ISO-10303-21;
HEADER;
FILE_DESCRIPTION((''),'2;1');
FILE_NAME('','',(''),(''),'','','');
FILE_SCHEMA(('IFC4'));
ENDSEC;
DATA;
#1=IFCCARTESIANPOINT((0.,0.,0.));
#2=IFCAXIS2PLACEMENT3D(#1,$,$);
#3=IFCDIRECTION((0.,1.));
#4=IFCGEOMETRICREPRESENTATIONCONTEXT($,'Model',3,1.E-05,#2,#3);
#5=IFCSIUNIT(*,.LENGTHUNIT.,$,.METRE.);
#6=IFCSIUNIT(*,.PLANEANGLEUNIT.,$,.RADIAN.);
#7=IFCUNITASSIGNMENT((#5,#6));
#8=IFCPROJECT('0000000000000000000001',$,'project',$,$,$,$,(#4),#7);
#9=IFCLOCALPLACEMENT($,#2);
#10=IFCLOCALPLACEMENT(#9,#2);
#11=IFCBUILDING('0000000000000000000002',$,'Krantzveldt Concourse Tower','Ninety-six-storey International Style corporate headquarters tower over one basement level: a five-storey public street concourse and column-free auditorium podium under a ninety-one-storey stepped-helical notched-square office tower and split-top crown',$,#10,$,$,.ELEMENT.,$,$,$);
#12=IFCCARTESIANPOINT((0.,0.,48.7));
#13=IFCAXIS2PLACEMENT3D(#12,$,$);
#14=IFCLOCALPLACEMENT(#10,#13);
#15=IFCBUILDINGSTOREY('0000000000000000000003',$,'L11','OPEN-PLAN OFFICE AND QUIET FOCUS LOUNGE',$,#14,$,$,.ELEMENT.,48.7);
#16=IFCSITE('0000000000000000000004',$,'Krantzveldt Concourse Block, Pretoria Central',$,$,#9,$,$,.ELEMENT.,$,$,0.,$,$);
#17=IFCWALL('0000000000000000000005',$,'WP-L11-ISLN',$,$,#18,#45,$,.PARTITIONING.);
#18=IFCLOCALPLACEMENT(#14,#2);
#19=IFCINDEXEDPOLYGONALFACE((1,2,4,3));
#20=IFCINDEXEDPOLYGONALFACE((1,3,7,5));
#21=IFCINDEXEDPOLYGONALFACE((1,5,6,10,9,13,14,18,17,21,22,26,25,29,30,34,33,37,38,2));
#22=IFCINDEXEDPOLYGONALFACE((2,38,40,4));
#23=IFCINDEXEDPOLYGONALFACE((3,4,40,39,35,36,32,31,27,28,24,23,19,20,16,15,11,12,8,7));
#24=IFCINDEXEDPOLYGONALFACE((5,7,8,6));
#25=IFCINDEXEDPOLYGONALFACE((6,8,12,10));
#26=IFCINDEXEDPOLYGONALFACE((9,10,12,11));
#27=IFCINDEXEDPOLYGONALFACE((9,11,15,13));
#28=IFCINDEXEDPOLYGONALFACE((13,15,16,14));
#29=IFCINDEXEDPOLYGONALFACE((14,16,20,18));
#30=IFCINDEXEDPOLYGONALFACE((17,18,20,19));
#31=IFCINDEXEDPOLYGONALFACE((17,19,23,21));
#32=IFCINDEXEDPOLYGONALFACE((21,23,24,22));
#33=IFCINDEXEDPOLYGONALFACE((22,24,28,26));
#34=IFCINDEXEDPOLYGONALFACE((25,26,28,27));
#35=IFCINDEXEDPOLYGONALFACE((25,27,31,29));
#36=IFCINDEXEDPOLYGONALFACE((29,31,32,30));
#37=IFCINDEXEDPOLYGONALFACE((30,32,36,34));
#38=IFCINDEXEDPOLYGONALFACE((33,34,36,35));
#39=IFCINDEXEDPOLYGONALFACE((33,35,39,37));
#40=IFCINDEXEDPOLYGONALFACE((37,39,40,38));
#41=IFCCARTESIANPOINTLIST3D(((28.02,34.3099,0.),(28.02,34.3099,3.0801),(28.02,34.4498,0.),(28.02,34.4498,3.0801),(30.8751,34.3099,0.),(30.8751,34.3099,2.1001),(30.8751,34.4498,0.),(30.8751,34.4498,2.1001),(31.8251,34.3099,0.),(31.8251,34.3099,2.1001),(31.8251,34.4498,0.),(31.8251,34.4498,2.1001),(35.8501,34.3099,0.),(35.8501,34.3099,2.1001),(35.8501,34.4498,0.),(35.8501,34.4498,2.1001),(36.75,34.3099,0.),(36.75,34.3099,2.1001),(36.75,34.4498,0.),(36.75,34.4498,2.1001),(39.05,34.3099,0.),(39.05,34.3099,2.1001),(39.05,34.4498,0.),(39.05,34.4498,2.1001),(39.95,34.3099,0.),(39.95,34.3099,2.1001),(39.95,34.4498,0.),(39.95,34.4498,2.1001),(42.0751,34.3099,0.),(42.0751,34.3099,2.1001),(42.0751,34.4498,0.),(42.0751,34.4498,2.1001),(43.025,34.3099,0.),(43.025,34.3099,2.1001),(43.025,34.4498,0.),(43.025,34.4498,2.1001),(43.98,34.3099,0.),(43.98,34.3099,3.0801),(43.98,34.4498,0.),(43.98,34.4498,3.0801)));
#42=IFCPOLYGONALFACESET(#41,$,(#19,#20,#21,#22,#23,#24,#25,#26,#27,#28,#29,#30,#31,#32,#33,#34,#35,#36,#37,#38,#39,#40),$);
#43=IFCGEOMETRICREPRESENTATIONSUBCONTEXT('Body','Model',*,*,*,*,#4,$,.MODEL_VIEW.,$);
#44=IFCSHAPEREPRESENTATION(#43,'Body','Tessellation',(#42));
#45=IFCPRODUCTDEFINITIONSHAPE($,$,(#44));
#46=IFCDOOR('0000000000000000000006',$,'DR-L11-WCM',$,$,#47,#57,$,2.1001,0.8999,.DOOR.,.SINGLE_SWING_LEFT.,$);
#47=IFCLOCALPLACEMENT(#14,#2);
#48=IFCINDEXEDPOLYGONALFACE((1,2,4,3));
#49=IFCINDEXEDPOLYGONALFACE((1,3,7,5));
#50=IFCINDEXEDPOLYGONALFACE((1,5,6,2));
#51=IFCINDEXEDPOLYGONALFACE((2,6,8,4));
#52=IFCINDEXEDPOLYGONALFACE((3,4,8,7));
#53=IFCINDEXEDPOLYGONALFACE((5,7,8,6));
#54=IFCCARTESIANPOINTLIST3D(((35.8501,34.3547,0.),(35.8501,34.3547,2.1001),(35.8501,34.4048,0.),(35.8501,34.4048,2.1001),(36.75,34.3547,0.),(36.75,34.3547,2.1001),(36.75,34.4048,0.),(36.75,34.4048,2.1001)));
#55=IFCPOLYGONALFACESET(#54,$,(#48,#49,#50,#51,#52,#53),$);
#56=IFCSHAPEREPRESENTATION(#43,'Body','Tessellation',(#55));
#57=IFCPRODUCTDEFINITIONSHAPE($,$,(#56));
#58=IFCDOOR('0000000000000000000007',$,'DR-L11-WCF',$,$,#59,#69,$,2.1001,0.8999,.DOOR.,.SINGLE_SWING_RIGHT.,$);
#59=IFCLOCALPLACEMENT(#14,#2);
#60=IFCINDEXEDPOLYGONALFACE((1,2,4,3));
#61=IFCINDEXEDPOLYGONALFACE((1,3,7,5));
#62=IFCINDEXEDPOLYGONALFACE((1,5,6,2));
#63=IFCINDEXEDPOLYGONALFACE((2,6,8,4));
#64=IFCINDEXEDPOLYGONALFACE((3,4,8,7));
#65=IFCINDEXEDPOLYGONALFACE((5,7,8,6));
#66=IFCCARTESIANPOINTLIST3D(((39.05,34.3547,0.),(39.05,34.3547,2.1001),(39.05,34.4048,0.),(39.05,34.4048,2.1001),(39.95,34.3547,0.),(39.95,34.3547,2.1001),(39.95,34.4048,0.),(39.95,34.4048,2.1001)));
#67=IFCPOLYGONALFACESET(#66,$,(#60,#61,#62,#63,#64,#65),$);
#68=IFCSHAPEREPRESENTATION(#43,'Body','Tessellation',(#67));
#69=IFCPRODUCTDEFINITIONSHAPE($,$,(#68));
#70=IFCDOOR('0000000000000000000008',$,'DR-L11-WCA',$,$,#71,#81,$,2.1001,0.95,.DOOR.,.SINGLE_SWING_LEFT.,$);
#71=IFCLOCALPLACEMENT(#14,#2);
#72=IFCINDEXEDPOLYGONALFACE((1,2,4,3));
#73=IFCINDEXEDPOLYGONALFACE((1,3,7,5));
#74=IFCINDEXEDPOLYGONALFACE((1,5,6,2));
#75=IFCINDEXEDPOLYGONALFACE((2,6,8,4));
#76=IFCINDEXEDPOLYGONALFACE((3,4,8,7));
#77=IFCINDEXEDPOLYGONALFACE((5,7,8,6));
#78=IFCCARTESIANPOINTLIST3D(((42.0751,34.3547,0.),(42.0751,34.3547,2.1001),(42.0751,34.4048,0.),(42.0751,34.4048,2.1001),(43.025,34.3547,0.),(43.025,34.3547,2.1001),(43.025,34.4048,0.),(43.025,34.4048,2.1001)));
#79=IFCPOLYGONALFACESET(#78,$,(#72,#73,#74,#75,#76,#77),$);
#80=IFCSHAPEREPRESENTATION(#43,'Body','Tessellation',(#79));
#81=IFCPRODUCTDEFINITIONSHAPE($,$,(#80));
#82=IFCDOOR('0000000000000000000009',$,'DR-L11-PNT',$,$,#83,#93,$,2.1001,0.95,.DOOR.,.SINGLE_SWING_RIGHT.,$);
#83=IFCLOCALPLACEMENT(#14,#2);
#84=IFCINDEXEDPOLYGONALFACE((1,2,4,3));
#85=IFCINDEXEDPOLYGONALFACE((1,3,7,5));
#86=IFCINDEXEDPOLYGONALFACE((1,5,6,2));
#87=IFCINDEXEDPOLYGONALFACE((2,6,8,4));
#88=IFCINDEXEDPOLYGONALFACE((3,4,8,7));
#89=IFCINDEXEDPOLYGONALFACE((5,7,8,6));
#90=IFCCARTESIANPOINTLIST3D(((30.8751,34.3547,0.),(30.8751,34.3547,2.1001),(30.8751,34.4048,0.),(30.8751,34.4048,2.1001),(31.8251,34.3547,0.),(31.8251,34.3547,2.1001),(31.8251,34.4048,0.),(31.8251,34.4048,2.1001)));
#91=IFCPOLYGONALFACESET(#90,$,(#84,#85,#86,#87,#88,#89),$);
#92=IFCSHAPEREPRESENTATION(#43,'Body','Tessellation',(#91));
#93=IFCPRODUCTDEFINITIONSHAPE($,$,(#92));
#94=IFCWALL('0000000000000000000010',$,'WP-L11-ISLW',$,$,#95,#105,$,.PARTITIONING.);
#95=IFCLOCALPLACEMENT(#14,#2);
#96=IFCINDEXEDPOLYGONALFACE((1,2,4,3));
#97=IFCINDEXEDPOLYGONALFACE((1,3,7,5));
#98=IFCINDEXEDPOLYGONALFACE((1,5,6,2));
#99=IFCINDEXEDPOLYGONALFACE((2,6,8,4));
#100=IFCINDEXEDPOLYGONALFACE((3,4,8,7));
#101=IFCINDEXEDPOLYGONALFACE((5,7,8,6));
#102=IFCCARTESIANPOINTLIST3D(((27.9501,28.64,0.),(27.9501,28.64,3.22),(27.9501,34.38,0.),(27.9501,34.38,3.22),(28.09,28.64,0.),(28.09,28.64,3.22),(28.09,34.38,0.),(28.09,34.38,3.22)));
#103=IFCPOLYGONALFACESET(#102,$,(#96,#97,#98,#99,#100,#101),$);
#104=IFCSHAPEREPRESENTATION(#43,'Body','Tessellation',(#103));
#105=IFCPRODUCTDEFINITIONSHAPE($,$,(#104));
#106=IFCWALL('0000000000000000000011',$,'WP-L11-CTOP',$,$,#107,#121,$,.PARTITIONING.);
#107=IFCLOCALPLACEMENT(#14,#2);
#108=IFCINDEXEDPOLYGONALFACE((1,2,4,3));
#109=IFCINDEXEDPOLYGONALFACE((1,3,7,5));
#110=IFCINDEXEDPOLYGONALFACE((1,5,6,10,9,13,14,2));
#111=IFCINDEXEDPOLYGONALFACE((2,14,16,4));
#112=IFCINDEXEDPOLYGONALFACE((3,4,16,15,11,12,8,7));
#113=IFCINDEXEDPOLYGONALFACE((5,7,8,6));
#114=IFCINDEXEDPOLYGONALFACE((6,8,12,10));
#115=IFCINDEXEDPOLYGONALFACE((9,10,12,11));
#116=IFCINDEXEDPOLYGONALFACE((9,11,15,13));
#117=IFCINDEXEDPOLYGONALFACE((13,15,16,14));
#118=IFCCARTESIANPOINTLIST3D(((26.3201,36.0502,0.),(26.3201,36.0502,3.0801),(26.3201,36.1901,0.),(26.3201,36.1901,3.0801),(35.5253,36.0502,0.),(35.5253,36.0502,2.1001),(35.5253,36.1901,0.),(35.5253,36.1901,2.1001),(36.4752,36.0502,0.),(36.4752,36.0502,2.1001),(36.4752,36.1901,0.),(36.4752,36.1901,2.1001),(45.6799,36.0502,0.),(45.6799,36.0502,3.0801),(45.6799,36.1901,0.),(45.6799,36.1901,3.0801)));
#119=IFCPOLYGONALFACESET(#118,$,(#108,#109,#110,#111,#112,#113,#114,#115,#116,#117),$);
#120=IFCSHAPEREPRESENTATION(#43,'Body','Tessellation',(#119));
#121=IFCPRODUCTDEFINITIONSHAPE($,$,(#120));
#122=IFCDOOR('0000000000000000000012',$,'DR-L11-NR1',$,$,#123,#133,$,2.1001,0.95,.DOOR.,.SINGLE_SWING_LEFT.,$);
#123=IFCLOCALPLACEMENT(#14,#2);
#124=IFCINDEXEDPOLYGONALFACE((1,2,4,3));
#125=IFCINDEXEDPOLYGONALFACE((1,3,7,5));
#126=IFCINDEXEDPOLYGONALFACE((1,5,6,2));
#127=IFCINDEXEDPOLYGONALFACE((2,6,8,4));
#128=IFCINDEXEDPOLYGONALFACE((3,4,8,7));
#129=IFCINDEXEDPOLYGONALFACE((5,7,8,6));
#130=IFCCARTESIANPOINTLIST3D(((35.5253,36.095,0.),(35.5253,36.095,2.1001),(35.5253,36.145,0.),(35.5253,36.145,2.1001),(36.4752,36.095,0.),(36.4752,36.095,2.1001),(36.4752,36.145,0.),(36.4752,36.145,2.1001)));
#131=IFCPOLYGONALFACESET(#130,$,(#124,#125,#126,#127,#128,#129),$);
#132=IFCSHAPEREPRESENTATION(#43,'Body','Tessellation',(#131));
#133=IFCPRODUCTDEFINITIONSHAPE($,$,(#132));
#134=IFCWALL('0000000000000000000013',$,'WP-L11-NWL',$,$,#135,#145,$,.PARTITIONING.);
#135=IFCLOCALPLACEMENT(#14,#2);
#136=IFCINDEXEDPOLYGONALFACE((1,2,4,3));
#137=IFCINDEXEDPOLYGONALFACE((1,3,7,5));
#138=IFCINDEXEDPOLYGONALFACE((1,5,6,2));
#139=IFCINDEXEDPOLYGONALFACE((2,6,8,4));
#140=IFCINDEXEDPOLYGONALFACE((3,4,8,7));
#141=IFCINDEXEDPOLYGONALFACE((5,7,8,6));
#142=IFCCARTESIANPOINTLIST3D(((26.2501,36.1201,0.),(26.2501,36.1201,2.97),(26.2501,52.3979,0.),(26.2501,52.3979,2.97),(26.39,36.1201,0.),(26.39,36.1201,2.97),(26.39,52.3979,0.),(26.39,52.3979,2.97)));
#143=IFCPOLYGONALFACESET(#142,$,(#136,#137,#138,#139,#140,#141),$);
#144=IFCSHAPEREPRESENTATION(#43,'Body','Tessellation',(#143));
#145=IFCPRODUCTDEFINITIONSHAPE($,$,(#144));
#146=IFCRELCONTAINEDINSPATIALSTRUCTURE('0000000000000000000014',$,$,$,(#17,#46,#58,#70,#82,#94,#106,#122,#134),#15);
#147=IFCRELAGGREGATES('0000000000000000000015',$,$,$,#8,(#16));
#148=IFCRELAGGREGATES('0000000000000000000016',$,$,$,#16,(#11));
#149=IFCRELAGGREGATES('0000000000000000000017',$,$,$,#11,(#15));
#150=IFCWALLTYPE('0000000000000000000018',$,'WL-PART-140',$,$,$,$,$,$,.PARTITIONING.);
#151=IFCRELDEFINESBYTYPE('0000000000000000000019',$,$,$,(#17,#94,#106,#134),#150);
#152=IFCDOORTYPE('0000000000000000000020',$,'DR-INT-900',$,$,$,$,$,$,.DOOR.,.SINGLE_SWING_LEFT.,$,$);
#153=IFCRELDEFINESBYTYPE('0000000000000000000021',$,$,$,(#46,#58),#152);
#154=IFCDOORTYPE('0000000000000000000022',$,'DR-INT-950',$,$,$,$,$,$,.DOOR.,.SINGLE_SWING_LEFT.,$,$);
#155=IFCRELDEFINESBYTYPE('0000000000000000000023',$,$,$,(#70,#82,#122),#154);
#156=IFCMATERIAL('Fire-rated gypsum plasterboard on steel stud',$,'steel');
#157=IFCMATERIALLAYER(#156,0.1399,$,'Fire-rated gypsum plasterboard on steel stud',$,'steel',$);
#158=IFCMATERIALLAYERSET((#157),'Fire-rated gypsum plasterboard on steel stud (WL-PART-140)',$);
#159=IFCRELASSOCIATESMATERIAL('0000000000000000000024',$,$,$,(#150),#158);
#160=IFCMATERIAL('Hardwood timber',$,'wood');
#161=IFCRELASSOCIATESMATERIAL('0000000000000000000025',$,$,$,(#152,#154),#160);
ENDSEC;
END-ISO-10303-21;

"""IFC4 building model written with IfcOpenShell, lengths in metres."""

from ifc_helpers import new_model, si_unit, direction, frame, frame_2d, origin, place, context, subcontext, project, spatial, rectangle, extrude, material, layer, layer_set, type_object, element, fill, save


model = new_model("IFC4")

# Units and contexts
model_context = context("Model", 3, precision=1e-05, world=origin(), true_north=direction((0.0, 1.0)))
body_context = subcontext(model_context, "Body", "Model", "MODEL_VIEW")
ifc_project = project(units=[si_unit("LENGTHUNIT", "METRE"), si_unit("PLANEANGLEUNIT", "RADIAN")], contexts=[model_context])

# Site, building, storey
site_placement = place(None, origin())
site = spatial("IfcSite", under=ifc_project, at=site_placement, Name="Krantzveldt Concourse Block, Pretoria Central", CompositionType="ELEMENT", RefElevation=0.0)
building_placement = place(site_placement, origin())
building = spatial("IfcBuilding", under=site, at=building_placement, Name="Krantzveldt Concourse Tower", Description="Ninety-six-storey International Style corporate headquarters tower over one basement level: a five-storey public street concourse and column-free auditorium podium under a ninety-one-storey stepped-helical notched-square office tower and split-top crown", CompositionType="ELEMENT")
storey_placement = place(building_placement, frame((0.0, 0.0, 48.7)))
storey = spatial("IfcBuildingStorey", under=building, at=storey_placement, Name="L11", Description="OPEN-PLAN OFFICE AND QUIET FOCUS LOUNGE", CompositionType="ELEMENT", Elevation=48.7)

# Shared definitions
ifc_material_1 = material(Name="Fire-rated gypsum plasterboard on steel stud", Category="steel")

# Shared definitions
ifc_layer_1 = layer(ifc_material_1, 0.1399, Name="Fire-rated gypsum plasterboard on steel stud", Category="steel")
ifc_layer_set_1 = layer_set([ifc_layer_1], Name="Fire-rated gypsum plasterboard on steel stud (WL-PART-140)")
wall_type_1 = type_object("IfcWallType", Name="WL-PART-140", PredefinedType="PARTITIONING", material=ifc_layer_set_1)
ifc_material_2 = material(Name="Hardwood timber", Category="wood")

# Wall, openings, doors
wall_1_placement = place(storey_placement, frame((28.02, 34.3799, 0.0), z_axis=(0.0, 0.0, 1.0), x_axis=(1.0, 0.0, 0.0)))
wall_1 = element("IfcWall", 1, at=wall_1_placement, inside=storey, type_object=wall_type_1, Name="WP-L11-ISLN", PredefinedType="PARTITIONING", context=body_context, shape_type="SweptSolid", body=[
    extrude(rectangle(XDim=15.96, YDim=0.1399, at=frame_2d((7.98, 0.0))), origin(), (0.0, 0.0, 1.0), 3.0801),
])
opening_1_placement = place(wall_1_placement, frame((7.8301, 0.0, 0.0)))
opening_1 = element("IfcOpeningElement", 2, at=opening_1_placement, cuts=wall_1, PredefinedType="OPENING", context=body_context, shape_type="SweptSolid", body=[
    extrude(rectangle(XDim=0.8999, YDim=2.1001, at=frame_2d((0.45, 1.05))), frame((0.0, 0.0801, 0.0), z_axis=(0.0, -1.0, 0.0), x_axis=(1.0, 0.0, 0.0)), (0.0, 0.0, 1.0), 0.1599),
])
opening_2_placement = place(wall_1_placement, frame((11.03, 0.0, 0.0)))
opening_2 = element("IfcOpeningElement", 3, at=opening_2_placement, cuts=wall_1, PredefinedType="OPENING", context=body_context, shape_type="SweptSolid", body=[
    extrude(rectangle(XDim=0.8999, YDim=2.1001, at=frame_2d((0.45, 1.05))), frame((0.0, 0.0801, 0.0), z_axis=(0.0, -1.0, 0.0), x_axis=(1.0, 0.0, 0.0)), (0.0, 0.0, 1.0), 0.1599),
])
opening_3_placement = place(wall_1_placement, frame((14.0549, 0.0, 0.0)))
opening_3 = element("IfcOpeningElement", 4, at=opening_3_placement, cuts=wall_1, PredefinedType="OPENING", context=body_context, shape_type="SweptSolid", body=[
    extrude(rectangle(XDim=0.95, YDim=2.1001, at=frame_2d((0.4751, 1.05))), frame((0.0, 0.0801, 0.0), z_axis=(0.0, -1.0, 0.0), x_axis=(1.0, 0.0, 0.0)), (0.0, 0.0, 1.0), 0.1599),
])
opening_4_placement = place(wall_1_placement, frame((2.855, 0.0, 0.0)))
opening_4 = element("IfcOpeningElement", 5, at=opening_4_placement, cuts=wall_1, PredefinedType="OPENING", context=body_context, shape_type="SweptSolid", body=[
    extrude(rectangle(XDim=0.95, YDim=2.1001, at=frame_2d((0.4751, 1.05))), frame((0.0, 0.0801, 0.0), z_axis=(0.0, -1.0, 0.0), x_axis=(1.0, 0.0, 0.0)), (0.0, 0.0, 1.0), 0.1599),
])
door_type_1 = type_object("IfcDoorType", Name="DR-INT-900", OperationType="SINGLE_SWING_LEFT", PredefinedType="DOOR", material=ifc_material_2)
door_1_placement = place(opening_1_placement, origin())
door_1 = element("IfcDoor", 6, at=door_1_placement, inside=storey, type_object=door_type_1, Name="DR-L11-WCM", OperationType="SINGLE_SWING_LEFT", OverallHeight=2.1001, OverallWidth=0.8999, PredefinedType="DOOR", context=body_context, shape_type="SweptSolid", body=[
    extrude(rectangle(XDim=0.8999, YDim=2.1001, at=frame_2d((0.45, 1.05))), frame((0.0, 0.0249, 0.0), z_axis=(0.0, -1.0, 0.0), x_axis=(1.0, 0.0, 0.0)), (0.0, 0.0, 1.0), 0.05),
])
fill(opening_1, door_1)
door_2_placement = place(opening_2_placement, origin())
door_2 = element("IfcDoor", 7, at=door_2_placement, inside=storey, type_object=door_type_1, Name="DR-L11-WCF", OperationType="SINGLE_SWING_RIGHT", OverallHeight=2.1001, OverallWidth=0.8999, PredefinedType="DOOR", context=body_context, shape_type="SweptSolid", body=[
    extrude(rectangle(XDim=0.8999, YDim=2.1001, at=frame_2d((0.45, 1.05))), frame((0.0, 0.0249, 0.0), z_axis=(0.0, -1.0, 0.0), x_axis=(1.0, 0.0, 0.0)), (0.0, 0.0, 1.0), 0.05),
])
fill(opening_2, door_2)
door_type_2 = type_object("IfcDoorType", Name="DR-INT-950", OperationType="SINGLE_SWING_LEFT", PredefinedType="DOOR", material=ifc_material_2)
door_3_placement = place(opening_3_placement, origin())
door_3 = element("IfcDoor", 8, at=door_3_placement, inside=storey, type_object=door_type_2, Name="DR-L11-WCA", OperationType="SINGLE_SWING_LEFT", OverallHeight=2.1001, OverallWidth=0.95, PredefinedType="DOOR", context=body_context, shape_type="SweptSolid", body=[
    extrude(rectangle(XDim=0.95, YDim=2.1001, at=frame_2d((0.4751, 1.05))), frame((0.0, 0.0249, 0.0), z_axis=(0.0, -1.0, 0.0), x_axis=(1.0, 0.0, 0.0)), (0.0, 0.0, 1.0), 0.05),
])
fill(opening_3, door_3)
door_4_placement = place(opening_4_placement, origin())
door_4 = element("IfcDoor", 9, at=door_4_placement, inside=storey, type_object=door_type_2, Name="DR-L11-PNT", OperationType="SINGLE_SWING_RIGHT", OverallHeight=2.1001, OverallWidth=0.95, PredefinedType="DOOR", context=body_context, shape_type="SweptSolid", body=[
    extrude(rectangle(XDim=0.95, YDim=2.1001, at=frame_2d((0.4751, 1.05))), frame((0.0, 0.0249, 0.0), z_axis=(0.0, -1.0, 0.0), x_axis=(1.0, 0.0, 0.0)), (0.0, 0.0, 1.0), 0.05),
])
fill(opening_4, door_4)

# Wall
wall_2_placement = place(storey_placement, frame((28.02, 28.6399, 0.0), z_axis=(0.0, 0.0, 1.0), x_axis=(0.0, 1.0, 0.0)))
element("IfcWall", 10, at=wall_2_placement, inside=storey, type_object=wall_type_1, Name="WP-L11-ISLW", PredefinedType="PARTITIONING", context=body_context, shape_type="SweptSolid", body=[
    extrude(rectangle(XDim=5.74, YDim=0.1399, at=frame_2d((2.8701, 0.0))), origin(), (0.0, 0.0, 1.0), 3.22),
])

# Wall, opening, door
wall_3_placement = place(storey_placement, frame((26.3201, 36.1201, 0.0), z_axis=(0.0, 0.0, 1.0), x_axis=(1.0, 0.0, 0.0)))
wall_3 = element("IfcWall", 11, at=wall_3_placement, inside=storey, type_object=wall_type_1, Name="WP-L11-CTOP", PredefinedType="PARTITIONING", context=body_context, shape_type="SweptSolid", body=[
    extrude(rectangle(XDim=19.3599, YDim=0.1399, at=frame_2d((9.6799, 0.0))), origin(), (0.0, 0.0, 1.0), 3.0801),
])
opening_5_placement = place(wall_3_placement, frame((9.2051, 0.0, 0.0)))
opening_5 = element("IfcOpeningElement", 12, at=opening_5_placement, cuts=wall_3, PredefinedType="OPENING", context=body_context, shape_type="SweptSolid", body=[
    extrude(rectangle(XDim=0.95, YDim=2.1001, at=frame_2d((0.4751, 1.05))), frame((0.0, 0.0801, 0.0), z_axis=(0.0, -1.0, 0.0), x_axis=(1.0, 0.0, 0.0)), (0.0, 0.0, 1.0), 0.1599),
])
door_5_placement = place(opening_5_placement, origin())
door_5 = element("IfcDoor", 13, at=door_5_placement, inside=storey, type_object=door_type_2, Name="DR-L11-NR1", OperationType="SINGLE_SWING_LEFT", OverallHeight=2.1001, OverallWidth=0.95, PredefinedType="DOOR", context=body_context, shape_type="SweptSolid", body=[
    extrude(rectangle(XDim=0.95, YDim=2.1001, at=frame_2d((0.4751, 1.05))), frame((0.0, 0.0249, 0.0), z_axis=(0.0, -1.0, 0.0), x_axis=(1.0, 0.0, 0.0)), (0.0, 0.0, 1.0), 0.05),
])
fill(opening_5, door_5)

# Wall
wall_4_placement = place(storey_placement, frame((26.3201, 36.1201, 0.0), z_axis=(0.0, 0.0, 1.0), x_axis=(0.0, 1.0, 0.0)))
element("IfcWall", 14, at=wall_4_placement, inside=storey, type_object=wall_type_1, Name="WP-L11-NWL", PredefinedType="PARTITIONING", context=body_context, shape_type="SweptSolid", body=[
    extrude(rectangle(XDim=16.2778, YDim=0.1399, at=frame_2d((8.1389, 0.0))), origin(), (0.0, 0.0, 1.0), 2.97),
])

save(model, "model.ifc")
